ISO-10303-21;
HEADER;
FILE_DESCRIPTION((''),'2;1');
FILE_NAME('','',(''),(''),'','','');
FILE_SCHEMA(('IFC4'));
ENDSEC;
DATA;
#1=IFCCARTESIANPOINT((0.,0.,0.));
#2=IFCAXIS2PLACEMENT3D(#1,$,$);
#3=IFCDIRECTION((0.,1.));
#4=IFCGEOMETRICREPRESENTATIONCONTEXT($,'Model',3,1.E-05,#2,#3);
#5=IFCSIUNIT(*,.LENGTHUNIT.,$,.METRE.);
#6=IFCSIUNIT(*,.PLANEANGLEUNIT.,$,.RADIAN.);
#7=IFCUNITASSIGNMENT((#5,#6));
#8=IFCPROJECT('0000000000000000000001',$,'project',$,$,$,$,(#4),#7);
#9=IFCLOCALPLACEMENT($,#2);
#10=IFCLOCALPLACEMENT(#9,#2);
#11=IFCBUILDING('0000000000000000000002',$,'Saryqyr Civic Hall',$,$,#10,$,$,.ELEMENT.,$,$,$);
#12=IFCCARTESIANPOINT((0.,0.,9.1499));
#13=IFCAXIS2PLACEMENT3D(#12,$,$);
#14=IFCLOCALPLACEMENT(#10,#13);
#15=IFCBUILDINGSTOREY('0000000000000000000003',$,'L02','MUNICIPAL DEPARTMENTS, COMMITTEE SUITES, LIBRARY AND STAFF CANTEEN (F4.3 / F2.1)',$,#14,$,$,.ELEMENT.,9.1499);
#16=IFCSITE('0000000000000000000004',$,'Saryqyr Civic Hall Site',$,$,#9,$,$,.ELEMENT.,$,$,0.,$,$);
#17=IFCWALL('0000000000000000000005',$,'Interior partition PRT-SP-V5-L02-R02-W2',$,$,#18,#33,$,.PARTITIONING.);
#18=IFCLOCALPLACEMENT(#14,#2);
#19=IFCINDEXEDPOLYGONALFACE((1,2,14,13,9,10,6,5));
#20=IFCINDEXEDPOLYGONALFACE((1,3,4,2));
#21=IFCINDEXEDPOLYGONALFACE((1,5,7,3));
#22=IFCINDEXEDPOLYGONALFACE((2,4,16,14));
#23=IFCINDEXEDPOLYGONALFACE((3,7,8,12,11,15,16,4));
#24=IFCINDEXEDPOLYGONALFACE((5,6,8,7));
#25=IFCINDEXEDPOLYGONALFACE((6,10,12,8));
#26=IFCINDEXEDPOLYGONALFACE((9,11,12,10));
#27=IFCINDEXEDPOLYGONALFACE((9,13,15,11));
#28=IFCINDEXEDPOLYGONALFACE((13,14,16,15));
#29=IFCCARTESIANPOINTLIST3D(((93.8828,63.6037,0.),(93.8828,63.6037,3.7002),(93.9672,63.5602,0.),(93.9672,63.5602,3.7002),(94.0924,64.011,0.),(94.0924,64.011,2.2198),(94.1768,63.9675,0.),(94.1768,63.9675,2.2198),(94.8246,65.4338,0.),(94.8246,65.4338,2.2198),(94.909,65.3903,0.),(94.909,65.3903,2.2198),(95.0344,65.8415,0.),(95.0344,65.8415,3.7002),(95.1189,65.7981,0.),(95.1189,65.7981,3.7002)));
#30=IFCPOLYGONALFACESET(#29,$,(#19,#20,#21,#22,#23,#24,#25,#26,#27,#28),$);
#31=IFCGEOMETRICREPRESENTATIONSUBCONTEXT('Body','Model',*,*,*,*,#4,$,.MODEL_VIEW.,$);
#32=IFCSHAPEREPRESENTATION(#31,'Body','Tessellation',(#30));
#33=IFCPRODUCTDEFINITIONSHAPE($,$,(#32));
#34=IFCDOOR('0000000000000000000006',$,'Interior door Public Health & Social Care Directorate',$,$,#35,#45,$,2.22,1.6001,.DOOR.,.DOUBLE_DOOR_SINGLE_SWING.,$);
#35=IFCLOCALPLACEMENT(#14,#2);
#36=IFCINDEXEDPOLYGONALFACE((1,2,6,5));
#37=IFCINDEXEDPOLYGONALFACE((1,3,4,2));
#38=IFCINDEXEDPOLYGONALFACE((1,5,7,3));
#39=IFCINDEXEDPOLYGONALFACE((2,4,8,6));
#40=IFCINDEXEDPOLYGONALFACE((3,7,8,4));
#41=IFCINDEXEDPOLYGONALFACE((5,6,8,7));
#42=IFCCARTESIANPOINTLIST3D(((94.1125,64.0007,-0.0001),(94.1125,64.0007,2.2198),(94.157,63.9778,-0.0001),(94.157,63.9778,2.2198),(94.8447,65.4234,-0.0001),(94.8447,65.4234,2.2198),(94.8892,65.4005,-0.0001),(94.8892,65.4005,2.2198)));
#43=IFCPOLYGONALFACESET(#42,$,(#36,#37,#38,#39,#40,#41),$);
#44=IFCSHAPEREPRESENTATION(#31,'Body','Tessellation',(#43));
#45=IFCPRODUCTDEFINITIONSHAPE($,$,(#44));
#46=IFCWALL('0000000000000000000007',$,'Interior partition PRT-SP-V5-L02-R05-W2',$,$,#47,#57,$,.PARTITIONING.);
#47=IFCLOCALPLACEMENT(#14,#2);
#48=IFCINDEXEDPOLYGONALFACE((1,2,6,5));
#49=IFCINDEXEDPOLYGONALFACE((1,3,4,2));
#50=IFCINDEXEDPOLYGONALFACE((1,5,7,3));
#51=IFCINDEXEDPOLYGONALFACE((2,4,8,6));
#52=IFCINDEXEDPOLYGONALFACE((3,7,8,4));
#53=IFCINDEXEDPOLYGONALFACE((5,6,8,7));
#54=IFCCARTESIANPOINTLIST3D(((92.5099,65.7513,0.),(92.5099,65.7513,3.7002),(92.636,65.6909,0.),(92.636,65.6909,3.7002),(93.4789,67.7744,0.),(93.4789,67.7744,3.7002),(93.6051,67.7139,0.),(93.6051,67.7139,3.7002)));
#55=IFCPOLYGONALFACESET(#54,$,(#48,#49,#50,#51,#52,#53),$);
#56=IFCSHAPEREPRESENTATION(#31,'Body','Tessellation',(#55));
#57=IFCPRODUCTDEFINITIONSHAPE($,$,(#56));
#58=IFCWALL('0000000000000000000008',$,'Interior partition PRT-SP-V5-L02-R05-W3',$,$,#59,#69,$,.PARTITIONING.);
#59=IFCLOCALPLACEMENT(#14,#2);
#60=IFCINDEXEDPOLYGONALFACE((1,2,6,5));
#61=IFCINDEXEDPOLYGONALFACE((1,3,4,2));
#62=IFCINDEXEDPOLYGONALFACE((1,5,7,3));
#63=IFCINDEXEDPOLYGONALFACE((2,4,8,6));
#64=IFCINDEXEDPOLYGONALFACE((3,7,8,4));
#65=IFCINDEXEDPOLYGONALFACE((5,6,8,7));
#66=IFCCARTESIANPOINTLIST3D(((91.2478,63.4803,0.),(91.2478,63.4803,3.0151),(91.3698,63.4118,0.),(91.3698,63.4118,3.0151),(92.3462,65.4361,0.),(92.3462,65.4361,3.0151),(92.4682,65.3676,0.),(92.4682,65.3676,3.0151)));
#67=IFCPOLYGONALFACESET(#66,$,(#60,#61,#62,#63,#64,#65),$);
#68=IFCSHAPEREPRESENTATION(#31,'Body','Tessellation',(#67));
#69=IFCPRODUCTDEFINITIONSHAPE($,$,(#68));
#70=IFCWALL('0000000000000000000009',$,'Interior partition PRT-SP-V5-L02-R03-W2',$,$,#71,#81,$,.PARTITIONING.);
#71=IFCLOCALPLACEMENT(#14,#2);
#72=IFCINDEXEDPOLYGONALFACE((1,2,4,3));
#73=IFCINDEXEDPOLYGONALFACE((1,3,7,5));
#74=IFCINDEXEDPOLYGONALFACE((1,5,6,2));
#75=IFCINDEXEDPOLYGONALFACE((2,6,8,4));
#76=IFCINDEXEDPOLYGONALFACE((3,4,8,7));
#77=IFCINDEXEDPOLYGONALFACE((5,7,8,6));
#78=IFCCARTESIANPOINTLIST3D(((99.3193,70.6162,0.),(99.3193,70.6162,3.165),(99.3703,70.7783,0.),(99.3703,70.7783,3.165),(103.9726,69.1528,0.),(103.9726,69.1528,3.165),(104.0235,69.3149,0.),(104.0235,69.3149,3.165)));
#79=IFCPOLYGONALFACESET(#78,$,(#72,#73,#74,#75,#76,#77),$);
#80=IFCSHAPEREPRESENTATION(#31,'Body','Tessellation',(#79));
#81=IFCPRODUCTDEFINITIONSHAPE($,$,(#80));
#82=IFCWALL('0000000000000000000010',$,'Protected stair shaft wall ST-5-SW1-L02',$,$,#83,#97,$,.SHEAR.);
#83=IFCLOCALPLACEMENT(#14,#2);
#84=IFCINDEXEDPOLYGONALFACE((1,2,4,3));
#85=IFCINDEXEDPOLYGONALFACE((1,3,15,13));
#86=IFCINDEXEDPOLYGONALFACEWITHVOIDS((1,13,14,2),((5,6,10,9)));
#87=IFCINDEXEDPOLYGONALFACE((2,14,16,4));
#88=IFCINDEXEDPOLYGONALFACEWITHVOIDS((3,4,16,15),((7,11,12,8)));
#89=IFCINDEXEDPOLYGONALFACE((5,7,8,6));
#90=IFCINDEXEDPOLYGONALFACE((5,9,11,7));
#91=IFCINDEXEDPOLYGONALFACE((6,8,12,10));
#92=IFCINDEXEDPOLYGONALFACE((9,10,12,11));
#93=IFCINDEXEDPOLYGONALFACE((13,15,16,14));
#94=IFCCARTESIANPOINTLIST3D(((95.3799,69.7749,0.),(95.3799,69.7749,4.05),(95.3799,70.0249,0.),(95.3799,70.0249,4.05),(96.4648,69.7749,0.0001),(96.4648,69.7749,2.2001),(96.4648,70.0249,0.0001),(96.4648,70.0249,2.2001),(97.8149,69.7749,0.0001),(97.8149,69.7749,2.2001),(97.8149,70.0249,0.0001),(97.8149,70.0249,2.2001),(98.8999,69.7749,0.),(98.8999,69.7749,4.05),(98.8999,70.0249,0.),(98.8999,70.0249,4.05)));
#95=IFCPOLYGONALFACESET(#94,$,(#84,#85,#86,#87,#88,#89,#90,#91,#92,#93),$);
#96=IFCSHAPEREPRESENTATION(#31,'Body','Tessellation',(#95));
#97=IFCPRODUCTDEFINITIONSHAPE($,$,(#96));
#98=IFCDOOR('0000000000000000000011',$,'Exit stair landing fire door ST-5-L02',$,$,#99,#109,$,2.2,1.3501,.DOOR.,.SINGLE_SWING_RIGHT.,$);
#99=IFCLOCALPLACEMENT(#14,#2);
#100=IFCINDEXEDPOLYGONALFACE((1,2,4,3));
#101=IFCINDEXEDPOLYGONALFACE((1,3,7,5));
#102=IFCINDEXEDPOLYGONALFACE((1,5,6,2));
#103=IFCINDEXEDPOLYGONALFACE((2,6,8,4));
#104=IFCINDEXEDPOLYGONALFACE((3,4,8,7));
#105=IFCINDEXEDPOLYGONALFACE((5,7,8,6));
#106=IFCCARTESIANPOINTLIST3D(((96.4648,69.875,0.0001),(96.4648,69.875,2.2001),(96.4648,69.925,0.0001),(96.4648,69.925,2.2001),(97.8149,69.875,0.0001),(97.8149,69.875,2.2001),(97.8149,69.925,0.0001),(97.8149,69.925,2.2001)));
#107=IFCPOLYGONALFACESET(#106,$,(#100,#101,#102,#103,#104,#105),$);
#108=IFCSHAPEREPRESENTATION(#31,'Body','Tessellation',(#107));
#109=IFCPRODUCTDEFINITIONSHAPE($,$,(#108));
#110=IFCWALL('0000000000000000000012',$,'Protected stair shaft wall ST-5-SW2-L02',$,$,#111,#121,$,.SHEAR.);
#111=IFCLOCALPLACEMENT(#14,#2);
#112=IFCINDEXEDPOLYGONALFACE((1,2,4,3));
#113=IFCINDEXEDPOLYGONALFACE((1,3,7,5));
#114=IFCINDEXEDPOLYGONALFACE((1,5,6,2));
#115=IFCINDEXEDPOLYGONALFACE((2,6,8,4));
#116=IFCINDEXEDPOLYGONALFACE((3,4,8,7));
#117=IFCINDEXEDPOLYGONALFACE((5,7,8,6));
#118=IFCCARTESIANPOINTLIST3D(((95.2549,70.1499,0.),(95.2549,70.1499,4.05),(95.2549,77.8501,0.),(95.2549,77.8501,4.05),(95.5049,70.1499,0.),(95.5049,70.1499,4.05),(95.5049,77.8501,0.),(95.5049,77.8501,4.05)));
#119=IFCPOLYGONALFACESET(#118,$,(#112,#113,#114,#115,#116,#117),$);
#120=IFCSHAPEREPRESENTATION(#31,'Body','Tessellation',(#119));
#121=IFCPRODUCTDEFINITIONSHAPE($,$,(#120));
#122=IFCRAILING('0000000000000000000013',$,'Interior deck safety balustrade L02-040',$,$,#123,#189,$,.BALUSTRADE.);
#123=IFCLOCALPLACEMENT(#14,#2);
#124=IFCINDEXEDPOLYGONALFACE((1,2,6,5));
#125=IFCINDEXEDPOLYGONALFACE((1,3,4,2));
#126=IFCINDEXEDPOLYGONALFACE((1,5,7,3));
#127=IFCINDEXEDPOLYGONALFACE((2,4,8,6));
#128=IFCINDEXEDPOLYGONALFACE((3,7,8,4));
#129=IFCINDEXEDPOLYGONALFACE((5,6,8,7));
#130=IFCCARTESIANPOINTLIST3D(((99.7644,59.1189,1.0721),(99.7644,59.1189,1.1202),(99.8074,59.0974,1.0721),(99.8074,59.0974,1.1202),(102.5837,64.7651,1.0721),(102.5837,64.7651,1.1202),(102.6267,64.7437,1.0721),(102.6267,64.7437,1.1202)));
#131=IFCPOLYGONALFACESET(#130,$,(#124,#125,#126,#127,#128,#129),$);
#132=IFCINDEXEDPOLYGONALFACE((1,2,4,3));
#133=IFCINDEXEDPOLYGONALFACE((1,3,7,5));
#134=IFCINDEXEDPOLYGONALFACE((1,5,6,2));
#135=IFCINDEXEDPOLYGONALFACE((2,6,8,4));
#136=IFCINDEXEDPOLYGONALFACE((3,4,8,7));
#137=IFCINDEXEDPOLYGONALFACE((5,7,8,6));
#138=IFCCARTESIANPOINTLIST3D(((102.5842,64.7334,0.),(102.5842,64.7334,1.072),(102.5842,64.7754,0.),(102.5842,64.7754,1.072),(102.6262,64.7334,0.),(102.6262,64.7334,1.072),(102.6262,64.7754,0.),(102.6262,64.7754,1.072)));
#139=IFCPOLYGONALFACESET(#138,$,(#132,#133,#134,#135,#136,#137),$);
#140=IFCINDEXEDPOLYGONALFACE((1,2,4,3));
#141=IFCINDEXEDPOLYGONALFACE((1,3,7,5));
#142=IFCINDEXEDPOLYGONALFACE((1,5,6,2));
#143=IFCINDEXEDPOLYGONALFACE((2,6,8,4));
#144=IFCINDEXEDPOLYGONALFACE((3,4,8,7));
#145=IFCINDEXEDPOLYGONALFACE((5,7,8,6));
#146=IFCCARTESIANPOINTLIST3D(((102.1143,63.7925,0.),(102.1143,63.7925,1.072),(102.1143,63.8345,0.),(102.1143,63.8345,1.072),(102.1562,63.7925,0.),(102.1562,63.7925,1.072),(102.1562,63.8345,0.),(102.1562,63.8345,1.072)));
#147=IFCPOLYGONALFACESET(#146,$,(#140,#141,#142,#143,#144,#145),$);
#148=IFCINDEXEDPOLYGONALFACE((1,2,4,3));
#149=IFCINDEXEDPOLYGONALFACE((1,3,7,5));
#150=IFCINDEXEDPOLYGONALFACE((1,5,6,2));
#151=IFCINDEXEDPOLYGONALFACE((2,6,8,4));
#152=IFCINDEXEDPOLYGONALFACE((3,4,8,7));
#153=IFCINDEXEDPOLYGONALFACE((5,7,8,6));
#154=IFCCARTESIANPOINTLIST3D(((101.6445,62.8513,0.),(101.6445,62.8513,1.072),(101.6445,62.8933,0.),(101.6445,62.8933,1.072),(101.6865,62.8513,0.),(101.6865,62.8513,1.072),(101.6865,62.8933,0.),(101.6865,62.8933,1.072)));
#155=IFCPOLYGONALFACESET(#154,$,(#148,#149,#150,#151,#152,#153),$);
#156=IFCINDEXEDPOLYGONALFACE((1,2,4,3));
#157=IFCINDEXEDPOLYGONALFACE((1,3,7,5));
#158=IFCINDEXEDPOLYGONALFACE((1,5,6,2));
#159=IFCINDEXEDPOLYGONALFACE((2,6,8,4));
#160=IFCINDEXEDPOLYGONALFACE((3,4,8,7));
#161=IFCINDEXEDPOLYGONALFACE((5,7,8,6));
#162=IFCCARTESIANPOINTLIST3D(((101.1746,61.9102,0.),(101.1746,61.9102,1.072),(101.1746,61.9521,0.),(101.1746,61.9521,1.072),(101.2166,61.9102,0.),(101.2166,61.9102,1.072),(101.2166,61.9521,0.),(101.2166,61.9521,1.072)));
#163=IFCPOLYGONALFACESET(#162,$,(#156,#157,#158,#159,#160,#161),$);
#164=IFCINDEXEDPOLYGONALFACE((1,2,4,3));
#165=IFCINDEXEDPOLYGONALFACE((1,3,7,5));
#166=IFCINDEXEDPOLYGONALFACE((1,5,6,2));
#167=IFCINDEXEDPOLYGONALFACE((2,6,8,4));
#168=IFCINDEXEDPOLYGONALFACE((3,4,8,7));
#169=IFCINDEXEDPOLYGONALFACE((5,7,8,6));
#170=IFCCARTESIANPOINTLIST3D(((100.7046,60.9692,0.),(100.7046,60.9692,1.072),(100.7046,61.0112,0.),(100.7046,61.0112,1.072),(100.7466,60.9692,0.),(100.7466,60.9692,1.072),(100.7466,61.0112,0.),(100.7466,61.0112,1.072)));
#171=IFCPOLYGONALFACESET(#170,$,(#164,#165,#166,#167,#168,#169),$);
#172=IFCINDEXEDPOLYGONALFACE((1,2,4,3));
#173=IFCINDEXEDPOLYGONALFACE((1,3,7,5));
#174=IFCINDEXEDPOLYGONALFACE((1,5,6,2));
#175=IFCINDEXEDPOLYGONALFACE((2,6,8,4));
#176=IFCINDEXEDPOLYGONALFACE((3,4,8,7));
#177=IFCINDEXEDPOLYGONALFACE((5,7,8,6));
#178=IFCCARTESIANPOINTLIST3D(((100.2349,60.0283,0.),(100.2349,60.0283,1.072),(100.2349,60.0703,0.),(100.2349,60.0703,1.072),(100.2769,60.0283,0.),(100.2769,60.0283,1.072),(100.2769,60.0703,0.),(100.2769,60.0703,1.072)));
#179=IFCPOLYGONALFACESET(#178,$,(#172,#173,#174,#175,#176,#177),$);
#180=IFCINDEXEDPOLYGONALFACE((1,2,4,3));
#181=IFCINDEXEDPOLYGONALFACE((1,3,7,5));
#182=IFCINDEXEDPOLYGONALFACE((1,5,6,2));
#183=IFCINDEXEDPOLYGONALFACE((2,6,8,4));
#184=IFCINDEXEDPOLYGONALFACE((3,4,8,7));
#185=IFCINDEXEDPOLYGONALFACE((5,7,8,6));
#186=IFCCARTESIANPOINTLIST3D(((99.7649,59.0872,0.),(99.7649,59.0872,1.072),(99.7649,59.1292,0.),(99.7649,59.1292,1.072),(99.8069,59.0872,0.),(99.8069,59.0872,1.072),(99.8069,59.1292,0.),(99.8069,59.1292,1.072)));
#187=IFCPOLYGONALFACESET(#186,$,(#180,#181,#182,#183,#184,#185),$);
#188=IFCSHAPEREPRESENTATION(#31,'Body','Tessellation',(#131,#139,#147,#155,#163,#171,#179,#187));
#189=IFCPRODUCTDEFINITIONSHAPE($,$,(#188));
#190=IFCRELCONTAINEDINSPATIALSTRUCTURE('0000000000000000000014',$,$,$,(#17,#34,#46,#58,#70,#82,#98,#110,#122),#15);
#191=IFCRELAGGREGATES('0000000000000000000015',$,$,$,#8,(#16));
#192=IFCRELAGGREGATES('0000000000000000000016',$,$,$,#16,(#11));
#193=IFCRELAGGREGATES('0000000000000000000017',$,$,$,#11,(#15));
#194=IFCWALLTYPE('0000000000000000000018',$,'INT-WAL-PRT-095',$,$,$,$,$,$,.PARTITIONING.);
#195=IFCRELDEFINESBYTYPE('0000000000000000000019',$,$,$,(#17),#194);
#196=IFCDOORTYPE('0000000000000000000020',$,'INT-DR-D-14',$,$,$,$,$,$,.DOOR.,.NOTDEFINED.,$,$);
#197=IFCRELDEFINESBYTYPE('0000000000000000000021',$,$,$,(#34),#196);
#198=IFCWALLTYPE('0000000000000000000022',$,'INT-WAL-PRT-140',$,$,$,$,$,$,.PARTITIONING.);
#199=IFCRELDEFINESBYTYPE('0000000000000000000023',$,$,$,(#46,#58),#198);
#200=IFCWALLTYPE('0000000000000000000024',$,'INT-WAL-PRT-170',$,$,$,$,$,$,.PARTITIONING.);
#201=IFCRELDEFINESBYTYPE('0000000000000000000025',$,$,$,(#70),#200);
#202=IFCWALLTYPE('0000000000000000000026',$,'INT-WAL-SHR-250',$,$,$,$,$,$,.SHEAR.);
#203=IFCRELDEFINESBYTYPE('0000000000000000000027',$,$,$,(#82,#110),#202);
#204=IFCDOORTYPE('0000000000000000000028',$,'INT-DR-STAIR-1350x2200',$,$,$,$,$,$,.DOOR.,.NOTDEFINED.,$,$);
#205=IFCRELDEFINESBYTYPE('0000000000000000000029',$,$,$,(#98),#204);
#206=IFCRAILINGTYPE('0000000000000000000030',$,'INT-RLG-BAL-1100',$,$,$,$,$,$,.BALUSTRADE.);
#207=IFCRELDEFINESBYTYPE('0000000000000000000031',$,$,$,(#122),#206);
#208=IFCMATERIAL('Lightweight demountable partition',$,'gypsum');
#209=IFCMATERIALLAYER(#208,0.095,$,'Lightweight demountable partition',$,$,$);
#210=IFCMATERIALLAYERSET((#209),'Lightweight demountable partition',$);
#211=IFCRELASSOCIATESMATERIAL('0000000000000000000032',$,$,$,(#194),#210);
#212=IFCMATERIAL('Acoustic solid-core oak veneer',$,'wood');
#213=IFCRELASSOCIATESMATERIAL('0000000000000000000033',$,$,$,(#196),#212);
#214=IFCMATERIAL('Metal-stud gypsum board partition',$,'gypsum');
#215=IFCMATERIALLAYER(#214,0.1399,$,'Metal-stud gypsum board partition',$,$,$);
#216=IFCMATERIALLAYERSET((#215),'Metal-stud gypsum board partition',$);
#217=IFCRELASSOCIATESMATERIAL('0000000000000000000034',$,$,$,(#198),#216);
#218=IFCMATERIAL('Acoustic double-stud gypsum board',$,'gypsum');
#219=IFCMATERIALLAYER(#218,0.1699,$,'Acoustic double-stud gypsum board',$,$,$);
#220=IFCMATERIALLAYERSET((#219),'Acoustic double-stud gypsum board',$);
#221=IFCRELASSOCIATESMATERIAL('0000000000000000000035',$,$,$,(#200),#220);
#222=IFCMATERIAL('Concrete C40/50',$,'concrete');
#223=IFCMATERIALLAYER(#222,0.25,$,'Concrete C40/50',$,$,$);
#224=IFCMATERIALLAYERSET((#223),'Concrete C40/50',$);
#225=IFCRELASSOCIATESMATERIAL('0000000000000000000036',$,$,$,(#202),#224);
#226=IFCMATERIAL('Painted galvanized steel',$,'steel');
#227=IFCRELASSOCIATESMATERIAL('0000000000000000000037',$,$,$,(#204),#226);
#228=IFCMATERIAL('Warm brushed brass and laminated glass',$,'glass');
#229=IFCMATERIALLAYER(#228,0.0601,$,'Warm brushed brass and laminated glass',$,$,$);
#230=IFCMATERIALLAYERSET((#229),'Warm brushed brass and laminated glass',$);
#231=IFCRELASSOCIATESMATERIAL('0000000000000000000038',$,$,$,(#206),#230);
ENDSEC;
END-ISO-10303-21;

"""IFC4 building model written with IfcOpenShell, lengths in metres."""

from ifc_helpers import new_model, si_unit, direction, frame, frame_2d, origin, origin_2d, place, context, subcontext, project, spatial, rectangle, extrude, material, layer, layer_set, type_object, element, fill, save


model = new_model("IFC4")

# Units and contexts
model_context = context("Model", 3, precision=1e-05, world=origin(), true_north=direction((0.0, 1.0)))
body_context = subcontext(model_context, "Body", "Model", "MODEL_VIEW")
ifc_project = project(units=[si_unit("LENGTHUNIT", "METRE"), si_unit("PLANEANGLEUNIT", "RADIAN")], contexts=[model_context])

# Site, building, storey
site_placement = place(None, origin())
site = spatial("IfcSite", under=ifc_project, at=site_placement, Name="Saryqyr Civic Hall Site", CompositionType="ELEMENT", RefElevation=0.0)
building_placement = place(site_placement, origin())
building = spatial("IfcBuilding", under=site, at=building_placement, Name="Saryqyr Civic Hall", CompositionType="ELEMENT")
storey_placement = place(building_placement, frame((0.0, 0.0, 9.1499)))
storey = spatial("IfcBuildingStorey", under=building, at=storey_placement, Name="L02", Description="MUNICIPAL DEPARTMENTS, COMMITTEE SUITES, LIBRARY AND STAFF CANTEEN (F4.3 / F2.1)", CompositionType="ELEMENT", Elevation=9.1499)

# Shared definitions
ifc_material_1 = material(Name="Concrete C40/50", Category="concrete")

# Shared definitions
ifc_material_2 = material(Name="Lightweight demountable partition", Category="gypsum")
ifc_layer_1 = layer(ifc_material_2, 0.095, Name="Lightweight demountable partition")
ifc_layer_set_1 = layer_set([ifc_layer_1], Name="Lightweight demountable partition")
wall_type_1 = type_object("IfcWallType", Name="INT-WAL-PRT-095", PredefinedType="PARTITIONING", material=ifc_layer_set_1)

# Wall, opening, door
wall_1_placement = place(storey_placement, frame((93.925, 63.582, 0.0), z_axis=(0.0, 0.0, 1.0), x_axis=(0.457583, 0.889167, 0.0)))
wall_1 = element("IfcWall", 1, at=wall_1_placement, inside=storey, type_object=wall_type_1, Name="Interior partition PRT-SP-V5-L02-R02-W2", PredefinedType="PARTITIONING", context=body_context, shape_type="SweptSolid", body=[
    extrude(rectangle(XDim=2.5168, YDim=0.095, at=frame_2d((1.2583, 0.0))), origin(), (0.0, 0.0, 1.0), 3.7002),
])
opening_1_placement = place(wall_1_placement, frame((0.458, 0.0, 0.0)))
opening_1 = element("IfcOpeningElement", 2, at=opening_1_placement, cuts=wall_1, PredefinedType="OPENING", context=body_context, shape_type="SweptSolid", body=[
    extrude(rectangle(XDim=1.6001, YDim=2.22, at=frame_2d((0.8, 1.1099))), frame((0.0, 0.0574, 0.0), z_axis=(0.0, -1.0, 0.0), x_axis=(1.0, 0.0, 0.0)), (0.0, 0.0, 1.0), 0.115),
])
ifc_material_3 = material(Name="Acoustic solid-core oak veneer", Category="wood")
door_type_1 = type_object("IfcDoorType", Name="INT-DR-D-14", OperationType="NOTDEFINED", PredefinedType="DOOR", material=ifc_material_3)
door_1_placement = place(opening_1_placement, origin())
door_1 = element("IfcDoor", 3, at=door_1_placement, inside=storey, type_object=door_type_1, Name="Interior door Public Health & Social Care Directorate", OperationType="DOUBLE_DOOR_SINGLE_SWING", OverallHeight=2.22, OverallWidth=1.6001, PredefinedType="DOOR", context=body_context, shape_type="SweptSolid", body=[
    extrude(rectangle(XDim=1.6001, YDim=2.22, at=frame_2d((0.8, 1.1099))), frame((0.0, 0.0249, 0.0), z_axis=(0.0, -1.0, 0.0), x_axis=(1.0, 0.0, 0.0)), (0.0, 0.0, 1.0), 0.05),
])
fill(opening_1, door_1)

# Walls
ifc_material_4 = material(Name="Metal-stud gypsum board partition", Category="gypsum")
ifc_layer_2 = layer(ifc_material_4, 0.1399, Name="Metal-stud gypsum board partition")
ifc_layer_set_2 = layer_set([ifc_layer_2], Name="Metal-stud gypsum board partition")
wall_type_2 = type_object("IfcWallType", Name="INT-WAL-PRT-140", PredefinedType="PARTITIONING", material=ifc_layer_set_2)
wall_2_placement = place(storey_placement, frame((93.542, 67.7441, 0.0), z_axis=(0.0, 0.0, 1.0), x_axis=(-0.431998, -0.901874, 0.0)))
element("IfcWall", 4, at=wall_2_placement, inside=storey, type_object=wall_type_2, Name="Interior partition PRT-SP-V5-L02-R05-W2", PredefinedType="PARTITIONING", context=body_context, shape_type="SweptSolid", body=[
    extrude(rectangle(XDim=2.2432, YDim=0.1399, at=frame_2d((1.1216, 0.0))), origin(), (0.0, 0.0, 1.0), 3.7002),
])
wall_3_placement = place(storey_placement, frame((92.4072, 65.4019, 0.0), z_axis=(0.0, 0.0, 1.0), x_axis=(-0.489667, -0.87191, 0.0)))
element("IfcWall", 5, at=wall_3_placement, inside=storey, type_object=wall_type_2, Name="Interior partition PRT-SP-V5-L02-R05-W3", PredefinedType="PARTITIONING", context=body_context, shape_type="SweptSolid", body=[
    extrude(rectangle(XDim=2.2432, YDim=0.1399, at=frame_2d((1.1216, 0.0))), origin(), (0.0, 0.0, 1.0), 3.0151),
])
ifc_material_5 = material(Name="Acoustic double-stud gypsum board", Category="gypsum")
ifc_layer_3 = layer(ifc_material_5, 0.1699, Name="Acoustic double-stud gypsum board")
ifc_layer_set_3 = layer_set([ifc_layer_3], Name="Acoustic double-stud gypsum board")
wall_type_3 = type_object("IfcWallType", Name="INT-WAL-PRT-170", PredefinedType="PARTITIONING", material=ifc_layer_set_3)
wall_4_placement = place(storey_placement, frame((103.998, 69.2339, 0.0), z_axis=(0.0, 0.0, 1.0), x_axis=(-0.953941, 0.299996, 0.0)))
element("IfcWall", 6, at=wall_4_placement, inside=storey, type_object=wall_type_3, Name="Interior partition PRT-SP-V5-L02-R03-W2", PredefinedType="PARTITIONING", context=body_context, shape_type="SweptSolid", body=[
    extrude(rectangle(XDim=4.8779, YDim=0.1699, at=frame_2d((2.439, 0.0))), origin(), (0.0, 0.0, 1.0), 3.165),
])

# Wall, opening, door
ifc_layer_4 = layer(ifc_material_1, 0.25, Name="Concrete C40/50")
ifc_layer_set_4 = layer_set([ifc_layer_4], Name="Concrete C40/50")
wall_type_4 = type_object("IfcWallType", Name="INT-WAL-SHR-250", PredefinedType="SHEAR", material=ifc_layer_set_4)
wall_5_placement = place(storey_placement, frame((98.8999, 69.8999, 0.0), z_axis=(0.0, 0.0, 1.0), x_axis=(-1.0, 0.0, 0.0)))
wall_5 = element("IfcWall", 7, at=wall_5_placement, inside=storey, type_object=wall_type_4, Name="Protected stair shaft wall ST-5-SW1-L02", PredefinedType="SHEAR", context=body_context, shape_type="SweptSolid", body=[
    extrude(rectangle(XDim=3.52, YDim=0.25, at=frame_2d((1.76, 0.0))), origin(), (0.0, 0.0, 1.0), 4.05),
])
opening_2_placement = place(wall_5_placement, frame((1.085, 0.0, 0.0)))
opening_2 = element("IfcOpeningElement", 8, at=opening_2_placement, cuts=wall_5, PredefinedType="OPENING", context=body_context, shape_type="SweptSolid", body=[
    extrude(rectangle(XDim=1.3501, YDim=2.2, at=frame_2d((0.675, 1.1001))), frame((0.0, 0.135, 0.0), z_axis=(0.0, -1.0, 0.0), x_axis=(1.0, 0.0, 0.0)), (0.0, 0.0, 1.0), 0.27),
])
ifc_material_6 = material(Name="Painted galvanized steel", Category="steel")
door_type_2 = type_object("IfcDoorType", Name="INT-DR-STAIR-1350x2200", OperationType="NOTDEFINED", PredefinedType="DOOR", material=ifc_material_6)
door_2_placement = place(opening_2_placement, origin())
door_2 = element("IfcDoor", 9, at=door_2_placement, inside=storey, type_object=door_type_2, Name="Exit stair landing fire door ST-5-L02", OperationType="SINGLE_SWING_RIGHT", OverallHeight=2.2, OverallWidth=1.3501, PredefinedType="DOOR", context=body_context, shape_type="SweptSolid", body=[
    extrude(rectangle(XDim=1.3501, YDim=2.2, at=frame_2d((0.675, 1.1001))), frame((0.0, 0.0249, 0.0), z_axis=(0.0, -1.0, 0.0), x_axis=(1.0, 0.0, 0.0)), (0.0, 0.0, 1.0), 0.05),
])
fill(opening_2, door_2)

# Wall
wall_6_placement = place(storey_placement, frame((95.3799, 70.1499, 0.0), z_axis=(0.0, 0.0, 1.0), x_axis=(0.0, 1.0, 0.0)))
element("IfcWall", 10, at=wall_6_placement, inside=storey, type_object=wall_type_4, Name="Protected stair shaft wall ST-5-SW2-L02", PredefinedType="SHEAR", context=body_context, shape_type="SweptSolid", body=[
    extrude(rectangle(XDim=7.7002, YDim=0.25, at=frame_2d((3.8501, 0.0))), origin(), (0.0, 0.0, 1.0), 4.05),
])

# Railing
ifc_material_7 = material(Name="Warm brushed brass and laminated glass", Category="glass")
ifc_layer_5 = layer(ifc_material_7, 0.0601, Name="Warm brushed brass and laminated glass")
ifc_layer_set_5 = layer_set([ifc_layer_5], Name="Warm brushed brass and laminated glass")
railing_type = type_object("IfcRailingType", Name="INT-RLG-BAL-1100", PredefinedType="BALUSTRADE", material=ifc_layer_set_5)
railing_1_placement = place(storey_placement, frame((102.6052, 64.7544, 0.0)))
element("IfcRailing", 11, at=railing_1_placement, inside=storey, type_object=railing_type, Name="Interior deck safety balustrade L02-040", PredefinedType="BALUSTRADE", context=body_context, shape_type="SweptSolid", body=[
    extrude(rectangle(XDim=0.0481, YDim=0.0481, at=origin_2d()), frame((0.0, 0.0, 1.0962), z_axis=(-0.446734, -0.894667, 0.0), x_axis=(0.894667, -0.446734, 0.0)), (0.0, 0.0, 1.0), 6.311),
    extrude(rectangle(XDim=0.042, YDim=0.042, at=origin_2d()), origin(), (0.0, 0.0, 1.0), 1.072),
    extrude(rectangle(XDim=0.042, YDim=0.042, at=origin_2d()), frame((-0.47, -0.9409, 0.0)), (0.0, 0.0, 1.0), 1.072),
    extrude(rectangle(XDim=0.042, YDim=0.042, at=origin_2d()), frame((-0.9397, -1.8821, 0.0)), (0.0, 0.0, 1.0), 1.072),
    extrude(rectangle(XDim=0.042, YDim=0.042, at=origin_2d()), frame((-1.4097, -2.8232, 0.0)), (0.0, 0.0, 1.0), 1.072),
    extrude(rectangle(XDim=0.042, YDim=0.042, at=origin_2d()), frame((-1.8796, -3.7642, 0.0)), (0.0, 0.0, 1.0), 1.072),
    extrude(rectangle(XDim=0.042, YDim=0.042, at=origin_2d()), frame((-2.3494, -4.7051, 0.0)), (0.0, 0.0, 1.0), 1.072),
    extrude(rectangle(XDim=0.042, YDim=0.042, at=origin_2d()), frame((-2.8193, -5.6462, 0.0)), (0.0, 0.0, 1.0), 1.072),
])

save(model, "model.ifc")
